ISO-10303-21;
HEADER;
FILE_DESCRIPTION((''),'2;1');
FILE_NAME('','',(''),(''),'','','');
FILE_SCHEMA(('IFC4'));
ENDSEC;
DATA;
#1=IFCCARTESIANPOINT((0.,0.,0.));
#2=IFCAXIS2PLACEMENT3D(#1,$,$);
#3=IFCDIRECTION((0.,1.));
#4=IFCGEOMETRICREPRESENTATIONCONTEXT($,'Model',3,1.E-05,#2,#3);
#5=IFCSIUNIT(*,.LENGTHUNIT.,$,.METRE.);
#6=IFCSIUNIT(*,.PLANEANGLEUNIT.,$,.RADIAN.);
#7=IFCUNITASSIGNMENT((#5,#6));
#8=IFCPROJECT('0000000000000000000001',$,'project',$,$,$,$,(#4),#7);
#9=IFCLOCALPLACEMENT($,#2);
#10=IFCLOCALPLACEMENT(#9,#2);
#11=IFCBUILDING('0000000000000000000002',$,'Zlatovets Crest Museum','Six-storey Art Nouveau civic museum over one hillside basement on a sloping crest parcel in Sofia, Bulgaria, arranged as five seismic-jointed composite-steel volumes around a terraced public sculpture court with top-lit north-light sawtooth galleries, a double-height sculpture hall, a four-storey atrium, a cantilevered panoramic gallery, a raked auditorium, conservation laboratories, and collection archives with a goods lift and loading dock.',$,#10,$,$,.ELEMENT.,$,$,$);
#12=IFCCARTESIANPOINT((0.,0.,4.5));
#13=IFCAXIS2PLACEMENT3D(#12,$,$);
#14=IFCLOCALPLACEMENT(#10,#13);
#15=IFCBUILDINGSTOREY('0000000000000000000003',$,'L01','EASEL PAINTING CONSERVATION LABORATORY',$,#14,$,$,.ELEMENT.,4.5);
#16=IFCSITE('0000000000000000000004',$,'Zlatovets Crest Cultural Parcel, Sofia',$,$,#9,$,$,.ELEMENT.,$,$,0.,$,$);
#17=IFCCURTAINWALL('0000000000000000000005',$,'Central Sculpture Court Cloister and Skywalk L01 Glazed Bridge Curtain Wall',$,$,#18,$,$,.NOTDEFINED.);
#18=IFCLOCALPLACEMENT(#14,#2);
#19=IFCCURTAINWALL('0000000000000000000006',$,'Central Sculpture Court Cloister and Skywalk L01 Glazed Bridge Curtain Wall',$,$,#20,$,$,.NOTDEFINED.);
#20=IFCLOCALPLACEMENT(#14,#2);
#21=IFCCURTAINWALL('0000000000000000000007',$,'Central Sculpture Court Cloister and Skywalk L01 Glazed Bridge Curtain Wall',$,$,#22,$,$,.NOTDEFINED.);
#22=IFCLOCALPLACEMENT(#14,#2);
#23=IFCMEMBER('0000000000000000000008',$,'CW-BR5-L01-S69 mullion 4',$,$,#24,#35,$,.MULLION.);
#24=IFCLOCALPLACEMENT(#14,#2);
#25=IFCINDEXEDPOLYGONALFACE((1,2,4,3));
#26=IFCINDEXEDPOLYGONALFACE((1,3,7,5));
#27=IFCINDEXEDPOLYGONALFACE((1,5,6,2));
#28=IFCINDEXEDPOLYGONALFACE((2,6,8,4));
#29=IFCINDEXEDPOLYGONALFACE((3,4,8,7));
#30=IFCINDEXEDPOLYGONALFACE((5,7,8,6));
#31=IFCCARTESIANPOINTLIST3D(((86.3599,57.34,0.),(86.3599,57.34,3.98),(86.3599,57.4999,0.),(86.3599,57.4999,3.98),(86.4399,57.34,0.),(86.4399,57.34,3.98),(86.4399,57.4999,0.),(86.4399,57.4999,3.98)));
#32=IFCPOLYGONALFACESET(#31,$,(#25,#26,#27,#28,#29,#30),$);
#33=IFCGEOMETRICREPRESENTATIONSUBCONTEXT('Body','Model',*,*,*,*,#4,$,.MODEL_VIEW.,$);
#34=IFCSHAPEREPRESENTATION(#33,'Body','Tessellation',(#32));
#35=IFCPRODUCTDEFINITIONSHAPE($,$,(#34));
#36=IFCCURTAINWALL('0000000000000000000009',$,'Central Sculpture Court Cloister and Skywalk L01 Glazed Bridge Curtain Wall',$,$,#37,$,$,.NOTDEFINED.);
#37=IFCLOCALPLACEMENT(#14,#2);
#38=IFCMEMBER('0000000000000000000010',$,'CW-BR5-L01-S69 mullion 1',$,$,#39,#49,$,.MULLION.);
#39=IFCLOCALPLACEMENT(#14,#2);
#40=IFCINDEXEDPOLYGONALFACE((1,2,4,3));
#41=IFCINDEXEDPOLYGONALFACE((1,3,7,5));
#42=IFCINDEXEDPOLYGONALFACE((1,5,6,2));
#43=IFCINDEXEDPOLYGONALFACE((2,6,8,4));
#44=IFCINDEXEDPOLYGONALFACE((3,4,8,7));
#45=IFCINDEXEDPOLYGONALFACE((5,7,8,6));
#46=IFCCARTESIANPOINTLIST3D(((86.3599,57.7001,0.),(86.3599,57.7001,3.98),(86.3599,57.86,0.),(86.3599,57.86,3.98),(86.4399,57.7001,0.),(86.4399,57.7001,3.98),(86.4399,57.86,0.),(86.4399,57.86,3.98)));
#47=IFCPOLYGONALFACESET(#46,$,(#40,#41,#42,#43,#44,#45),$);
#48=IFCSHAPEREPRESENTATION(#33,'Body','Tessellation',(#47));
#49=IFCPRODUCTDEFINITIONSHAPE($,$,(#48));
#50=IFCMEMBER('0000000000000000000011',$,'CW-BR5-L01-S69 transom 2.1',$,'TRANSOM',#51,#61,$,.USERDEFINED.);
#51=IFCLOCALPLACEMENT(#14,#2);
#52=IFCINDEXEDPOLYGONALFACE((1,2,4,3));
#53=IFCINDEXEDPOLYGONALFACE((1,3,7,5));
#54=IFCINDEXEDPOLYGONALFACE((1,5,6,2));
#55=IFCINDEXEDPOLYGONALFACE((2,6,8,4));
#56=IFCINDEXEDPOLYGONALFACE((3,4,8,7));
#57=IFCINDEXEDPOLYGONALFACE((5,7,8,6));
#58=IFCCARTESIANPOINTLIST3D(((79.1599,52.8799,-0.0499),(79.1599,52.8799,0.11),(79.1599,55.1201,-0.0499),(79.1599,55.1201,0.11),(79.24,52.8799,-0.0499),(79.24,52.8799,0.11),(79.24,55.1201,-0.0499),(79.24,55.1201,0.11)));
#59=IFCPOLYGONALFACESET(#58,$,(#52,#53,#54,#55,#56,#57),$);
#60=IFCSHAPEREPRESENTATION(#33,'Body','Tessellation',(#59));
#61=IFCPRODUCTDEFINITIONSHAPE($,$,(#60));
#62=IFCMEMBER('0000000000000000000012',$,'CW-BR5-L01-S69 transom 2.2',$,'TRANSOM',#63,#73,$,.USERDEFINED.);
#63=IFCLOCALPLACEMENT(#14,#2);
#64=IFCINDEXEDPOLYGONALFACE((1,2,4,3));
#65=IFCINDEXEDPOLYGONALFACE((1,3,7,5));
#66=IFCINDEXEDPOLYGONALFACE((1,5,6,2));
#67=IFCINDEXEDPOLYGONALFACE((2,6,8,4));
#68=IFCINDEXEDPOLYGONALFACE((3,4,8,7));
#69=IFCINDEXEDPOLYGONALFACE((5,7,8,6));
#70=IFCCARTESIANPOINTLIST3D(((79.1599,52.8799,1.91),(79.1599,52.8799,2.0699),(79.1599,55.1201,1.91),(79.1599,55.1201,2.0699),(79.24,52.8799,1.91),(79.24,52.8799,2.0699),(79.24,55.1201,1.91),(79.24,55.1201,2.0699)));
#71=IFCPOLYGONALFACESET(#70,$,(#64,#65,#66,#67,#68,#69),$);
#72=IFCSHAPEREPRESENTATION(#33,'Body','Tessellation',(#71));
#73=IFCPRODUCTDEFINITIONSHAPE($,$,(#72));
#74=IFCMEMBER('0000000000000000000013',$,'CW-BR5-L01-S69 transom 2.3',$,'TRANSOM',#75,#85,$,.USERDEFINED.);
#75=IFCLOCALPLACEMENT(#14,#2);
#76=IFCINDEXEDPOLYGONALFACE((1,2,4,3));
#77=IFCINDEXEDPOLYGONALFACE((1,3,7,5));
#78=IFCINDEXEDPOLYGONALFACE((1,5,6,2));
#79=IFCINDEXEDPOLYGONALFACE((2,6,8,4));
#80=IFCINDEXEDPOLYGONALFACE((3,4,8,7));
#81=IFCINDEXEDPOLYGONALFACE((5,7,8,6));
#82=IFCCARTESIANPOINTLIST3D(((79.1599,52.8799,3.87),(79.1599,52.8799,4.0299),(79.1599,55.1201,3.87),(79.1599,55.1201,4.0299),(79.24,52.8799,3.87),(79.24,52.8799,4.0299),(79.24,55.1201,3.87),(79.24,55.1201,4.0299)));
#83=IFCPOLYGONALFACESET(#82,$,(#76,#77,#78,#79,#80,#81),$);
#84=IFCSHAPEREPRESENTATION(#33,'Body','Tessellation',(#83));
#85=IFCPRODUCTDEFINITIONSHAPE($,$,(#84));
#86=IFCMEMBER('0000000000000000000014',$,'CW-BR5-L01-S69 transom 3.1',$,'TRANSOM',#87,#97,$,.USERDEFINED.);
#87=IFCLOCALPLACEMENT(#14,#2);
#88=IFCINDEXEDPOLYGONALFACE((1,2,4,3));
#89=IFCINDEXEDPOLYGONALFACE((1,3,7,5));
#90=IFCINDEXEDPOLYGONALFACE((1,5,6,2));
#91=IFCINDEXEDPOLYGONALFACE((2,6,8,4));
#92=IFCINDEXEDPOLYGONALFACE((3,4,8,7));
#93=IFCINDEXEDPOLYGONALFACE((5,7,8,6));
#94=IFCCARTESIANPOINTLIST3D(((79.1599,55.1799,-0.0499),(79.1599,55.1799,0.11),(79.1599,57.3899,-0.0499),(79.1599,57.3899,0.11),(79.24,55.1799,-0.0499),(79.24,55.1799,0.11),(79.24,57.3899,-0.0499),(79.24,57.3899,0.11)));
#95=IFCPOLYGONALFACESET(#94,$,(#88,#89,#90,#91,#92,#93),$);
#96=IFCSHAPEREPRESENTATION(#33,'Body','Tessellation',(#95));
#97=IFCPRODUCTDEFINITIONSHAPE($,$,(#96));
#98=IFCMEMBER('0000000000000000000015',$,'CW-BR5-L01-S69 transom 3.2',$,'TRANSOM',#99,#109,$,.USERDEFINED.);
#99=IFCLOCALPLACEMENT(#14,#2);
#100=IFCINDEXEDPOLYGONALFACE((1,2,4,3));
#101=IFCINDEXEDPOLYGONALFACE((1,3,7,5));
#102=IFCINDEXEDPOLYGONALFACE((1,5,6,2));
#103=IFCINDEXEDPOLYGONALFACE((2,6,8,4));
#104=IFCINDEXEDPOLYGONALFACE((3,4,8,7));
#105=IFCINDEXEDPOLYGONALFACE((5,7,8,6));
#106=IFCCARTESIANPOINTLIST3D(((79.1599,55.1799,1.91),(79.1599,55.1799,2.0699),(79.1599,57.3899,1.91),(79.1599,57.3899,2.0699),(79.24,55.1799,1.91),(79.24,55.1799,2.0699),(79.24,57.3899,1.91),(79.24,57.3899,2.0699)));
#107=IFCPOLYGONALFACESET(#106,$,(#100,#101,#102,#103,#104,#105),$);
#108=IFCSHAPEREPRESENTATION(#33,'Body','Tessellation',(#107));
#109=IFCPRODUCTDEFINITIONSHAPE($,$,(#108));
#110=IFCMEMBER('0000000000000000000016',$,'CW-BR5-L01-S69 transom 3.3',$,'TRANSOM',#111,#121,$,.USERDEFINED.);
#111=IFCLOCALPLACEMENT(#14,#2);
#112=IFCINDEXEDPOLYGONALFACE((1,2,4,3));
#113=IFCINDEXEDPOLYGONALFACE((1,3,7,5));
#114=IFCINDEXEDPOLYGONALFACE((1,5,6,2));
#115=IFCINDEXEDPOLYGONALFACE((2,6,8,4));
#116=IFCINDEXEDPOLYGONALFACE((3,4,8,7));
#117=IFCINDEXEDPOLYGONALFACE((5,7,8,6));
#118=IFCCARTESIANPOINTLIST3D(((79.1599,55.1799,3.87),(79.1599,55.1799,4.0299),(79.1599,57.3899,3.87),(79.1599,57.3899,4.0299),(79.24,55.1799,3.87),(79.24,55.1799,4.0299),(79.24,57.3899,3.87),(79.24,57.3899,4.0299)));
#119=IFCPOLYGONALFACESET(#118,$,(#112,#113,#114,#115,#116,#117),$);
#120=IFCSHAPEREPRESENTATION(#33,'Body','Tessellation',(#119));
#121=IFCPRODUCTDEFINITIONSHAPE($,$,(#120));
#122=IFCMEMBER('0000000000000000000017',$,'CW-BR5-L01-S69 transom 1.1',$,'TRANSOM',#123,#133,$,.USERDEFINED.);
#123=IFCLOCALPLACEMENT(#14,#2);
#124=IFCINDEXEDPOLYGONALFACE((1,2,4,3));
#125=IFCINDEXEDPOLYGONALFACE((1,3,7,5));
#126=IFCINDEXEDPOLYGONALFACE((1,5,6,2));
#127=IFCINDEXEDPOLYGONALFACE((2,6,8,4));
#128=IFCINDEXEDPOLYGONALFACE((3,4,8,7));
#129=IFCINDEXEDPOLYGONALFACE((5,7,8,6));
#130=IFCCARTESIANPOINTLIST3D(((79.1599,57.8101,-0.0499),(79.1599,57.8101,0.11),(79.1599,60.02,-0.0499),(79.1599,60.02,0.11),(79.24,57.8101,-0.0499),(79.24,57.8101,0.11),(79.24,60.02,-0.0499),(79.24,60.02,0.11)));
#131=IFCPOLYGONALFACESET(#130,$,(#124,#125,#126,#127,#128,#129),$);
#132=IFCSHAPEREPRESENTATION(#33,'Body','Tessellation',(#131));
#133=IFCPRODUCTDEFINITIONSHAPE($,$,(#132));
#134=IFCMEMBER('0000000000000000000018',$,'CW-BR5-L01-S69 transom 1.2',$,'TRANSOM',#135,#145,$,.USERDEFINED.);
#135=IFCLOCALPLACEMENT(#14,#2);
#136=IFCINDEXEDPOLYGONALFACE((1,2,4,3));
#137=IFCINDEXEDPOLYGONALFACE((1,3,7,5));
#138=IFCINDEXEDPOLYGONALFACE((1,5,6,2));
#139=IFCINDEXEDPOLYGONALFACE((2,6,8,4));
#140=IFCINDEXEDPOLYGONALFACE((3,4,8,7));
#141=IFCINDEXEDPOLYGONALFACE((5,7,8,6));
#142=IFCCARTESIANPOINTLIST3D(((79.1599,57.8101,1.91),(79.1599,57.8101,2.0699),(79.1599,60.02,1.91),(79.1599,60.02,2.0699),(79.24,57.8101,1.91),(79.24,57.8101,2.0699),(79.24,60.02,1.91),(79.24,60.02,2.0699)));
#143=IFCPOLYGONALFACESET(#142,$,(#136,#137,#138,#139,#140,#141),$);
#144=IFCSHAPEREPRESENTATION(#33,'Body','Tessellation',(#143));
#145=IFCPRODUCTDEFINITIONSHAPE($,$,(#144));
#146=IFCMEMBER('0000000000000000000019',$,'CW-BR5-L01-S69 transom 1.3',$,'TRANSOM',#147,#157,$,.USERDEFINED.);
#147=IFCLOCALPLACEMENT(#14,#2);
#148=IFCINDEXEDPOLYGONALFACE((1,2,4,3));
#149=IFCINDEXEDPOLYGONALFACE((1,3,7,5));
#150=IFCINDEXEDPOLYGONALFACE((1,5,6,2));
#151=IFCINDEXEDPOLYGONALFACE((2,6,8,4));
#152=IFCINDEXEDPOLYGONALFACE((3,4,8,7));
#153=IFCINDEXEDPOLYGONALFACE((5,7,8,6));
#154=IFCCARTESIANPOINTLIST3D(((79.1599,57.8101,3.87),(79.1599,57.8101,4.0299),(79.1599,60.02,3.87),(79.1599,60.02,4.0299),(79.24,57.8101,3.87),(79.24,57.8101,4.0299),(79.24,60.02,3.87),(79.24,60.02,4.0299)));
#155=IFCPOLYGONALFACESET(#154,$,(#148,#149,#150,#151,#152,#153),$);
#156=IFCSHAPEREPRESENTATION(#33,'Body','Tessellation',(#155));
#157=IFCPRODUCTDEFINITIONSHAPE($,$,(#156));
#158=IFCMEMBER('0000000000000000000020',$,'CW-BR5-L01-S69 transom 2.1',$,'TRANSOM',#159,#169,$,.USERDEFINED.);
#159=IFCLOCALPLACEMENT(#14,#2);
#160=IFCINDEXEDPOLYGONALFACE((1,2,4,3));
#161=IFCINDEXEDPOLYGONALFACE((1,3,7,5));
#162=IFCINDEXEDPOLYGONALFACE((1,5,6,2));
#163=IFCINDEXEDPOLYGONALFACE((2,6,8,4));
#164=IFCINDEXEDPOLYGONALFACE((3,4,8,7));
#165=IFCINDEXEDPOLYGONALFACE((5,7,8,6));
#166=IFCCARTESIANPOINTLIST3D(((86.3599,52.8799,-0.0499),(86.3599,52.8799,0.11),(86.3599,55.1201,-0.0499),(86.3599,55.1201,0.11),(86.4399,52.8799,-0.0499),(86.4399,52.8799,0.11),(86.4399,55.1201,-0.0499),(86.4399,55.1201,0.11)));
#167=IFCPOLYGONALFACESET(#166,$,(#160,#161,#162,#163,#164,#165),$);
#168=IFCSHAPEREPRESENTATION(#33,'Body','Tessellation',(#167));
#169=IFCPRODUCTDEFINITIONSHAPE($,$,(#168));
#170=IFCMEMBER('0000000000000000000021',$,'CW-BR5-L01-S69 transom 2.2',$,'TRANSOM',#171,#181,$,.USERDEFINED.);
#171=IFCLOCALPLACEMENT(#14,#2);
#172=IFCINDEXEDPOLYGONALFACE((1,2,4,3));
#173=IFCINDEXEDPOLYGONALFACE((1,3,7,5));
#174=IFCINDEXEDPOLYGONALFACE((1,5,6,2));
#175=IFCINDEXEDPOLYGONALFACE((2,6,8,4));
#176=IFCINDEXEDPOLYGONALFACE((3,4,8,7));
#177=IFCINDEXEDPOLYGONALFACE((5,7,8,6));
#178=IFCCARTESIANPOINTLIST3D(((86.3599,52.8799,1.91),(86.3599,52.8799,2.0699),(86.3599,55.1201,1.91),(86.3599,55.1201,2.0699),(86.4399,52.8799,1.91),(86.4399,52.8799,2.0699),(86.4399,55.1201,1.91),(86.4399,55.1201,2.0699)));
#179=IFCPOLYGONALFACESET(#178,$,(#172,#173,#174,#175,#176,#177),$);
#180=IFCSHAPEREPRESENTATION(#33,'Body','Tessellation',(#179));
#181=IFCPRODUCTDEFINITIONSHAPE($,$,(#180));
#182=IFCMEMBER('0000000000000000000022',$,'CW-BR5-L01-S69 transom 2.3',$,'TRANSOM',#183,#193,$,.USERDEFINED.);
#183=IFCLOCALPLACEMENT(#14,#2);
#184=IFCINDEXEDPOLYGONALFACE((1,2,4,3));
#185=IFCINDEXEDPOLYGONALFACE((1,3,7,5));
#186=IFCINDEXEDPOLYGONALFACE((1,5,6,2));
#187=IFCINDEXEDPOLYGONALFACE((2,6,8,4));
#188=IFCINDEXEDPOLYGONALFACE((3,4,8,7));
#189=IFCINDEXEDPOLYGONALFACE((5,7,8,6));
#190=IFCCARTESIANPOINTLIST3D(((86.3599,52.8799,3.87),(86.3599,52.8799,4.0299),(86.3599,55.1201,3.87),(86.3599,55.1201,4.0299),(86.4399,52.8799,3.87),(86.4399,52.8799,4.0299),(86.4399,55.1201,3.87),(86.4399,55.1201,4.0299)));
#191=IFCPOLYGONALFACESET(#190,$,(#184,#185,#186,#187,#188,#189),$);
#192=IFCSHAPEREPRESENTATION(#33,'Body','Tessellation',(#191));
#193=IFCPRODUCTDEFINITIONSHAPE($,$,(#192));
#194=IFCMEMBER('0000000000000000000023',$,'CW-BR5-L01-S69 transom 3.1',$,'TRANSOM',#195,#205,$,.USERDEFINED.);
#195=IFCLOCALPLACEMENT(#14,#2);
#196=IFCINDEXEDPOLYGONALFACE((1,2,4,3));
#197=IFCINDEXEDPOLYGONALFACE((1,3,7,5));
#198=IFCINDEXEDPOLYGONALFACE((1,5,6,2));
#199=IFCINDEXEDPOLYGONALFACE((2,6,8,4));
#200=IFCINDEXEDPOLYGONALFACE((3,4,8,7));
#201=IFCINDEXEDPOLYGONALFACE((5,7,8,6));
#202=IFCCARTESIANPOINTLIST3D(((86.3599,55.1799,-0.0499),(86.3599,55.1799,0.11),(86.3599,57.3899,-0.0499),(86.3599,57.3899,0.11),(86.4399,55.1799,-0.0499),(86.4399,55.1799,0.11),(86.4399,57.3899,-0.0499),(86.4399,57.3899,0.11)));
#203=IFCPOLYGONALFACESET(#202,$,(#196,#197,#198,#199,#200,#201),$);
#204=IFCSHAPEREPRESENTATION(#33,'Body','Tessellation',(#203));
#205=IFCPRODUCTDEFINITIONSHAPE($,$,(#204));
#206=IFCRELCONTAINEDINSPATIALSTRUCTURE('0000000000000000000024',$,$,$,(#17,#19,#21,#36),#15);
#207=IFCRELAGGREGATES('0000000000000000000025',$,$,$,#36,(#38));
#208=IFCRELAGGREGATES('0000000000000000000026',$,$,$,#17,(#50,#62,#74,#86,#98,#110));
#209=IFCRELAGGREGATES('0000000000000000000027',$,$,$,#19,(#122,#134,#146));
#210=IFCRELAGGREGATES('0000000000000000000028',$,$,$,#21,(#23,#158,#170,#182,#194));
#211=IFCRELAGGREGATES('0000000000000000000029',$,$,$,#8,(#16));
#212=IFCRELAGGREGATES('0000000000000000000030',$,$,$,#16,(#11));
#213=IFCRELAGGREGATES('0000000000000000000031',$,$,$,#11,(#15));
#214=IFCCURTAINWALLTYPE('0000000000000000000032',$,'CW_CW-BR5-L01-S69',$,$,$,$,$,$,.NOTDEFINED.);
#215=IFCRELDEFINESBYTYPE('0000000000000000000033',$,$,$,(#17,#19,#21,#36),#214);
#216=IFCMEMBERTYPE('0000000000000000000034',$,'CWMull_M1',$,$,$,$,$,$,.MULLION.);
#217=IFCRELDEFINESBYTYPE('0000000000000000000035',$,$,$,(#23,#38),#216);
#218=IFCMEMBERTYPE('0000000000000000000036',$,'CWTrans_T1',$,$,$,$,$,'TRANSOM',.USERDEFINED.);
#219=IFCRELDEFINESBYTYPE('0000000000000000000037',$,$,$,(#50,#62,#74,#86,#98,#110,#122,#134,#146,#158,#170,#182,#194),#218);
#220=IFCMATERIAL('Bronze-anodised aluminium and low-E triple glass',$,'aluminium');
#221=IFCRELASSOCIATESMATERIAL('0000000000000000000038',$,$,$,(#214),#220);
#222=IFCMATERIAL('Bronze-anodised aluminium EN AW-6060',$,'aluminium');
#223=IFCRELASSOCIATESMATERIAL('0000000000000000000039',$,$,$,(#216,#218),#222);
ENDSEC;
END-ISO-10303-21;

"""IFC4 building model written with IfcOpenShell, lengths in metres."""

from ifc_helpers import new_model, si_unit, direction, frame, origin, origin_2d, place, context, subcontext, project, spatial, rectangle, extrude, material, material_profile, profile_set, type_object, element, aggregate, save


model = new_model("IFC4")

# Units and contexts
model_context = context("Model", 3, precision=1e-05, world=origin(), true_north=direction((0.0, 1.0)))
body_context = subcontext(model_context, "Body", "Model", "MODEL_VIEW")
ifc_project = project(units=[si_unit("LENGTHUNIT", "METRE"), si_unit("PLANEANGLEUNIT", "RADIAN")], contexts=[model_context])

# Site, building, storey
site_placement = place(None, origin())
site = spatial("IfcSite", under=ifc_project, at=site_placement, Name="Zlatovets Crest Cultural Parcel, Sofia", CompositionType="ELEMENT", RefElevation=0.0)
building_placement = place(site_placement, origin())
building = spatial("IfcBuilding", under=site, at=building_placement, Name="Zlatovets Crest Museum", Description="Six-storey Art Nouveau civic museum over one hillside basement on a sloping crest parcel in Sofia, Bulgaria, arranged as five seismic-jointed composite-steel volumes around a terraced public sculpture court with top-lit north-light sawtooth galleries, a double-height sculpture hall, a four-storey atrium, a cantilevered panoramic gallery, a raked auditorium, conservation laboratories, and collection archives with a goods lift and loading dock.", CompositionType="ELEMENT")
storey_placement = place(building_placement, frame((0.0, 0.0, 4.5)))
storey = spatial("IfcBuildingStorey", under=building, at=storey_placement, Name="L01", Description="EASEL PAINTING CONSERVATION LABORATORY", CompositionType="ELEMENT", Elevation=4.5)

# Curtain wall
ifc_material_1 = material(Name="Bronze-anodised aluminium and low-E triple glass", Category="aluminium")
curtain_wall_type = type_object("IfcCurtainWallType", Name="CW_CW-BR5-L01-S69", PredefinedType="NOTDEFINED", material=ifc_material_1)
curtain_wall_1_placement = place(storey_placement, origin())
curtain_wall_1 = element("IfcCurtainWall", 1, at=curtain_wall_1_placement, inside=storey, type_object=curtain_wall_type, Name="Central Sculpture Court Cloister and Skywalk L01 Glazed Bridge Curtain Wall", PredefinedType="NOTDEFINED")
ifc_material_2 = material(Name="Bronze-anodised aluminium EN AW-6060", Category="aluminium")
ifc_material_profile_1 = material_profile(ifc_material_2, rectangle(XDim=0.0801, YDim=0.1599, at=origin_2d()), Name="ALU 80x160")
ifc_profile_set_1 = profile_set([ifc_material_profile_1], Name="Bronze-anodised aluminium EN AW-6060")
member_type_1 = type_object("IfcMemberType", Name="CWMull_M1", PredefinedType="MULLION", material=ifc_profile_set_1)

# Curtain wall
curtain_wall_2_placement = place(storey_placement, origin())
curtain_wall_2 = element("IfcCurtainWall", 2, at=curtain_wall_2_placement, inside=storey, type_object=curtain_wall_type, Name="Central Sculpture Court Cloister and Skywalk L01 Glazed Bridge Curtain Wall", PredefinedType="NOTDEFINED")

# Curtain wall, member
curtain_wall_3_placement = place(storey_placement, origin())
curtain_wall_3 = element("IfcCurtainWall", 3, at=curtain_wall_3_placement, inside=storey, type_object=curtain_wall_type, Name="Central Sculpture Court Cloister and Skywalk L01 Glazed Bridge Curtain Wall", PredefinedType="NOTDEFINED")
member_1_placement = place(storey_placement, frame((86.3999, 57.4199, 0.0), z_axis=(0.0, 0.0, 1.0), x_axis=(-1.0, 0.0, 0.0)))
member_1 = element("IfcMember", 4, at=member_1_placement, type_object=member_type_1, Name="CW-BR5-L01-S69 mullion 4", PredefinedType="MULLION", context=body_context, shape_type="SweptSolid", body=[
    extrude(rectangle(XDim=0.0801, YDim=0.1599, at=origin_2d()), origin(), (0.0, 0.0, 1.0), 3.98),
])

# Curtain wall, member
curtain_wall_4_placement = place(storey_placement, origin())
curtain_wall_4 = element("IfcCurtainWall", 5, at=curtain_wall_4_placement, inside=storey, type_object=curtain_wall_type, Name="Central Sculpture Court Cloister and Skywalk L01 Glazed Bridge Curtain Wall", PredefinedType="NOTDEFINED")
member_2_placement = place(storey_placement, frame((86.3999, 57.78, 0.0), z_axis=(0.0, 0.0, 1.0), x_axis=(-1.0, 0.0, 0.0)))
member_2 = element("IfcMember", 6, at=member_2_placement, type_object=member_type_1, Name="CW-BR5-L01-S69 mullion 1", PredefinedType="MULLION", context=body_context, shape_type="SweptSolid", body=[
    extrude(rectangle(XDim=0.0801, YDim=0.1599, at=origin_2d()), origin(), (0.0, 0.0, 1.0), 3.98),
])

# Members
ifc_material_profile_2 = material_profile(ifc_material_2, rectangle(XDim=0.0801, YDim=0.1599, at=origin_2d()), Name="ALU 80x160")
ifc_profile_set_2 = profile_set([ifc_material_profile_2], Name="Bronze-anodised aluminium EN AW-6060")
member_type_2 = type_object("IfcMemberType", Name="CWTrans_T1", ElementType="TRANSOM", PredefinedType="USERDEFINED", material=ifc_profile_set_2)
member_3_placement = place(storey_placement, frame((79.2, 52.8799, 0.03), z_axis=(0.0, 1.0, 0.0), x_axis=(-1.0, 0.0, 0.0)))
member_3 = element("IfcMember", 7, at=member_3_placement, type_object=member_type_2, Name="CW-BR5-L01-S69 transom 2.1", ObjectType="TRANSOM", PredefinedType="USERDEFINED", context=body_context, shape_type="SweptSolid", body=[
    extrude(rectangle(XDim=0.0801, YDim=0.1599, at=origin_2d()), origin(), (0.0, 0.0, 1.0), 2.2402),
])
member_4_placement = place(storey_placement, frame((79.2, 52.8799, 1.99), z_axis=(0.0, 1.0, 0.0), x_axis=(-1.0, 0.0, 0.0)))
member_4 = element("IfcMember", 8, at=member_4_placement, type_object=member_type_2, Name="CW-BR5-L01-S69 transom 2.2", ObjectType="TRANSOM", PredefinedType="USERDEFINED", context=body_context, shape_type="SweptSolid", body=[
    extrude(rectangle(XDim=0.0801, YDim=0.1599, at=origin_2d()), origin(), (0.0, 0.0, 1.0), 2.2402),
])
member_5_placement = place(storey_placement, frame((79.2, 52.8799, 3.95), z_axis=(0.0, 1.0, 0.0), x_axis=(-1.0, 0.0, 0.0)))
member_5 = element("IfcMember", 9, at=member_5_placement, type_object=member_type_2, Name="CW-BR5-L01-S69 transom 2.3", ObjectType="TRANSOM", PredefinedType="USERDEFINED", context=body_context, shape_type="SweptSolid", body=[
    extrude(rectangle(XDim=0.0801, YDim=0.1599, at=origin_2d()), origin(), (0.0, 0.0, 1.0), 2.2402),
])
member_6_placement = place(storey_placement, frame((79.2, 55.1799, 0.03), z_axis=(0.0, 1.0, 0.0), x_axis=(-1.0, 0.0, 0.0)))
member_6 = element("IfcMember", 10, at=member_6_placement, type_object=member_type_2, Name="CW-BR5-L01-S69 transom 3.1", ObjectType="TRANSOM", PredefinedType="USERDEFINED", context=body_context, shape_type="SweptSolid", body=[
    extrude(rectangle(XDim=0.0801, YDim=0.1599, at=origin_2d()), origin(), (0.0, 0.0, 1.0), 2.21),
])
member_7_placement = place(storey_placement, frame((79.2, 55.1799, 1.99), z_axis=(0.0, 1.0, 0.0), x_axis=(-1.0, 0.0, 0.0)))
member_7 = element("IfcMember", 11, at=member_7_placement, type_object=member_type_2, Name="CW-BR5-L01-S69 transom 3.2", ObjectType="TRANSOM", PredefinedType="USERDEFINED", context=body_context, shape_type="SweptSolid", body=[
    extrude(rectangle(XDim=0.0801, YDim=0.1599, at=origin_2d()), origin(), (0.0, 0.0, 1.0), 2.21),
])
member_8_placement = place(storey_placement, frame((79.2, 55.1799, 3.95), z_axis=(0.0, 1.0, 0.0), x_axis=(-1.0, 0.0, 0.0)))
member_8 = element("IfcMember", 12, at=member_8_placement, type_object=member_type_2, Name="CW-BR5-L01-S69 transom 3.3", ObjectType="TRANSOM", PredefinedType="USERDEFINED", context=body_context, shape_type="SweptSolid", body=[
    extrude(rectangle(XDim=0.0801, YDim=0.1599, at=origin_2d()), origin(), (0.0, 0.0, 1.0), 2.21),
])
member_9_placement = place(storey_placement, frame((79.2, 57.8101, 0.03), z_axis=(0.0, 1.0, 0.0), x_axis=(-1.0, 0.0, 0.0)))
member_9 = element("IfcMember", 13, at=member_9_placement, type_object=member_type_2, Name="CW-BR5-L01-S69 transom 1.1", ObjectType="TRANSOM", PredefinedType="USERDEFINED", context=body_context, shape_type="SweptSolid", body=[
    extrude(rectangle(XDim=0.0801, YDim=0.1599, at=origin_2d()), origin(), (0.0, 0.0, 1.0), 2.21),
])
member_10_placement = place(storey_placement, frame((79.2, 57.8101, 1.99), z_axis=(0.0, 1.0, 0.0), x_axis=(-1.0, 0.0, 0.0)))
member_10 = element("IfcMember", 14, at=member_10_placement, type_object=member_type_2, Name="CW-BR5-L01-S69 transom 1.2", ObjectType="TRANSOM", PredefinedType="USERDEFINED", context=body_context, shape_type="SweptSolid", body=[
    extrude(rectangle(XDim=0.0801, YDim=0.1599, at=origin_2d()), origin(), (0.0, 0.0, 1.0), 2.21),
])
member_11_placement = place(storey_placement, frame((79.2, 57.8101, 3.95), z_axis=(0.0, 1.0, 0.0), x_axis=(-1.0, 0.0, 0.0)))
member_11 = element("IfcMember", 15, at=member_11_placement, type_object=member_type_2, Name="CW-BR5-L01-S69 transom 1.3", ObjectType="TRANSOM", PredefinedType="USERDEFINED", context=body_context, shape_type="SweptSolid", body=[
    extrude(rectangle(XDim=0.0801, YDim=0.1599, at=origin_2d()), origin(), (0.0, 0.0, 1.0), 2.21),
])
member_12_placement = place(storey_placement, frame((86.3999, 52.8799, 0.03), z_axis=(0.0, 1.0, 0.0), x_axis=(-1.0, 0.0, 0.0)))
member_12 = element("IfcMember", 16, at=member_12_placement, type_object=member_type_2, Name="CW-BR5-L01-S69 transom 2.1", ObjectType="TRANSOM", PredefinedType="USERDEFINED", context=body_context, shape_type="SweptSolid", body=[
    extrude(rectangle(XDim=0.0801, YDim=0.1599, at=origin_2d()), origin(), (0.0, 0.0, 1.0), 2.2402),
])
member_13_placement = place(storey_placement, frame((86.3999, 52.8799, 1.99), z_axis=(0.0, 1.0, 0.0), x_axis=(-1.0, 0.0, 0.0)))
member_13 = element("IfcMember", 17, at=member_13_placement, type_object=member_type_2, Name="CW-BR5-L01-S69 transom 2.2", ObjectType="TRANSOM", PredefinedType="USERDEFINED", context=body_context, shape_type="SweptSolid", body=[
    extrude(rectangle(XDim=0.0801, YDim=0.1599, at=origin_2d()), origin(), (0.0, 0.0, 1.0), 2.2402),
])
member_14_placement = place(storey_placement, frame((86.3999, 52.8799, 3.95), z_axis=(0.0, 1.0, 0.0), x_axis=(-1.0, 0.0, 0.0)))
member_14 = element("IfcMember", 18, at=member_14_placement, type_object=member_type_2, Name="CW-BR5-L01-S69 transom 2.3", ObjectType="TRANSOM", PredefinedType="USERDEFINED", context=body_context, shape_type="SweptSolid", body=[
    extrude(rectangle(XDim=0.0801, YDim=0.1599, at=origin_2d()), origin(), (0.0, 0.0, 1.0), 2.2402),
])
member_15_placement = place(storey_placement, frame((86.3999, 55.1799, 0.03), z_axis=(0.0, 1.0, 0.0), x_axis=(-1.0, 0.0, 0.0)))
member_15 = element("IfcMember", 19, at=member_15_placement, type_object=member_type_2, Name="CW-BR5-L01-S69 transom 3.1", ObjectType="TRANSOM", PredefinedType="USERDEFINED", context=body_context, shape_type="SweptSolid", body=[
    extrude(rectangle(XDim=0.0801, YDim=0.1599, at=origin_2d()), origin(), (0.0, 0.0, 1.0), 2.21),
])
aggregate(curtain_wall_4, [member_2])

aggregate(curtain_wall_1, [member_3, member_4, member_5, member_6, member_7, member_8])
aggregate(curtain_wall_2, [member_9, member_10, member_11])
aggregate(curtain_wall_3, [member_1, member_12, member_13, member_14, member_15])

save(model, "model.ifc")
